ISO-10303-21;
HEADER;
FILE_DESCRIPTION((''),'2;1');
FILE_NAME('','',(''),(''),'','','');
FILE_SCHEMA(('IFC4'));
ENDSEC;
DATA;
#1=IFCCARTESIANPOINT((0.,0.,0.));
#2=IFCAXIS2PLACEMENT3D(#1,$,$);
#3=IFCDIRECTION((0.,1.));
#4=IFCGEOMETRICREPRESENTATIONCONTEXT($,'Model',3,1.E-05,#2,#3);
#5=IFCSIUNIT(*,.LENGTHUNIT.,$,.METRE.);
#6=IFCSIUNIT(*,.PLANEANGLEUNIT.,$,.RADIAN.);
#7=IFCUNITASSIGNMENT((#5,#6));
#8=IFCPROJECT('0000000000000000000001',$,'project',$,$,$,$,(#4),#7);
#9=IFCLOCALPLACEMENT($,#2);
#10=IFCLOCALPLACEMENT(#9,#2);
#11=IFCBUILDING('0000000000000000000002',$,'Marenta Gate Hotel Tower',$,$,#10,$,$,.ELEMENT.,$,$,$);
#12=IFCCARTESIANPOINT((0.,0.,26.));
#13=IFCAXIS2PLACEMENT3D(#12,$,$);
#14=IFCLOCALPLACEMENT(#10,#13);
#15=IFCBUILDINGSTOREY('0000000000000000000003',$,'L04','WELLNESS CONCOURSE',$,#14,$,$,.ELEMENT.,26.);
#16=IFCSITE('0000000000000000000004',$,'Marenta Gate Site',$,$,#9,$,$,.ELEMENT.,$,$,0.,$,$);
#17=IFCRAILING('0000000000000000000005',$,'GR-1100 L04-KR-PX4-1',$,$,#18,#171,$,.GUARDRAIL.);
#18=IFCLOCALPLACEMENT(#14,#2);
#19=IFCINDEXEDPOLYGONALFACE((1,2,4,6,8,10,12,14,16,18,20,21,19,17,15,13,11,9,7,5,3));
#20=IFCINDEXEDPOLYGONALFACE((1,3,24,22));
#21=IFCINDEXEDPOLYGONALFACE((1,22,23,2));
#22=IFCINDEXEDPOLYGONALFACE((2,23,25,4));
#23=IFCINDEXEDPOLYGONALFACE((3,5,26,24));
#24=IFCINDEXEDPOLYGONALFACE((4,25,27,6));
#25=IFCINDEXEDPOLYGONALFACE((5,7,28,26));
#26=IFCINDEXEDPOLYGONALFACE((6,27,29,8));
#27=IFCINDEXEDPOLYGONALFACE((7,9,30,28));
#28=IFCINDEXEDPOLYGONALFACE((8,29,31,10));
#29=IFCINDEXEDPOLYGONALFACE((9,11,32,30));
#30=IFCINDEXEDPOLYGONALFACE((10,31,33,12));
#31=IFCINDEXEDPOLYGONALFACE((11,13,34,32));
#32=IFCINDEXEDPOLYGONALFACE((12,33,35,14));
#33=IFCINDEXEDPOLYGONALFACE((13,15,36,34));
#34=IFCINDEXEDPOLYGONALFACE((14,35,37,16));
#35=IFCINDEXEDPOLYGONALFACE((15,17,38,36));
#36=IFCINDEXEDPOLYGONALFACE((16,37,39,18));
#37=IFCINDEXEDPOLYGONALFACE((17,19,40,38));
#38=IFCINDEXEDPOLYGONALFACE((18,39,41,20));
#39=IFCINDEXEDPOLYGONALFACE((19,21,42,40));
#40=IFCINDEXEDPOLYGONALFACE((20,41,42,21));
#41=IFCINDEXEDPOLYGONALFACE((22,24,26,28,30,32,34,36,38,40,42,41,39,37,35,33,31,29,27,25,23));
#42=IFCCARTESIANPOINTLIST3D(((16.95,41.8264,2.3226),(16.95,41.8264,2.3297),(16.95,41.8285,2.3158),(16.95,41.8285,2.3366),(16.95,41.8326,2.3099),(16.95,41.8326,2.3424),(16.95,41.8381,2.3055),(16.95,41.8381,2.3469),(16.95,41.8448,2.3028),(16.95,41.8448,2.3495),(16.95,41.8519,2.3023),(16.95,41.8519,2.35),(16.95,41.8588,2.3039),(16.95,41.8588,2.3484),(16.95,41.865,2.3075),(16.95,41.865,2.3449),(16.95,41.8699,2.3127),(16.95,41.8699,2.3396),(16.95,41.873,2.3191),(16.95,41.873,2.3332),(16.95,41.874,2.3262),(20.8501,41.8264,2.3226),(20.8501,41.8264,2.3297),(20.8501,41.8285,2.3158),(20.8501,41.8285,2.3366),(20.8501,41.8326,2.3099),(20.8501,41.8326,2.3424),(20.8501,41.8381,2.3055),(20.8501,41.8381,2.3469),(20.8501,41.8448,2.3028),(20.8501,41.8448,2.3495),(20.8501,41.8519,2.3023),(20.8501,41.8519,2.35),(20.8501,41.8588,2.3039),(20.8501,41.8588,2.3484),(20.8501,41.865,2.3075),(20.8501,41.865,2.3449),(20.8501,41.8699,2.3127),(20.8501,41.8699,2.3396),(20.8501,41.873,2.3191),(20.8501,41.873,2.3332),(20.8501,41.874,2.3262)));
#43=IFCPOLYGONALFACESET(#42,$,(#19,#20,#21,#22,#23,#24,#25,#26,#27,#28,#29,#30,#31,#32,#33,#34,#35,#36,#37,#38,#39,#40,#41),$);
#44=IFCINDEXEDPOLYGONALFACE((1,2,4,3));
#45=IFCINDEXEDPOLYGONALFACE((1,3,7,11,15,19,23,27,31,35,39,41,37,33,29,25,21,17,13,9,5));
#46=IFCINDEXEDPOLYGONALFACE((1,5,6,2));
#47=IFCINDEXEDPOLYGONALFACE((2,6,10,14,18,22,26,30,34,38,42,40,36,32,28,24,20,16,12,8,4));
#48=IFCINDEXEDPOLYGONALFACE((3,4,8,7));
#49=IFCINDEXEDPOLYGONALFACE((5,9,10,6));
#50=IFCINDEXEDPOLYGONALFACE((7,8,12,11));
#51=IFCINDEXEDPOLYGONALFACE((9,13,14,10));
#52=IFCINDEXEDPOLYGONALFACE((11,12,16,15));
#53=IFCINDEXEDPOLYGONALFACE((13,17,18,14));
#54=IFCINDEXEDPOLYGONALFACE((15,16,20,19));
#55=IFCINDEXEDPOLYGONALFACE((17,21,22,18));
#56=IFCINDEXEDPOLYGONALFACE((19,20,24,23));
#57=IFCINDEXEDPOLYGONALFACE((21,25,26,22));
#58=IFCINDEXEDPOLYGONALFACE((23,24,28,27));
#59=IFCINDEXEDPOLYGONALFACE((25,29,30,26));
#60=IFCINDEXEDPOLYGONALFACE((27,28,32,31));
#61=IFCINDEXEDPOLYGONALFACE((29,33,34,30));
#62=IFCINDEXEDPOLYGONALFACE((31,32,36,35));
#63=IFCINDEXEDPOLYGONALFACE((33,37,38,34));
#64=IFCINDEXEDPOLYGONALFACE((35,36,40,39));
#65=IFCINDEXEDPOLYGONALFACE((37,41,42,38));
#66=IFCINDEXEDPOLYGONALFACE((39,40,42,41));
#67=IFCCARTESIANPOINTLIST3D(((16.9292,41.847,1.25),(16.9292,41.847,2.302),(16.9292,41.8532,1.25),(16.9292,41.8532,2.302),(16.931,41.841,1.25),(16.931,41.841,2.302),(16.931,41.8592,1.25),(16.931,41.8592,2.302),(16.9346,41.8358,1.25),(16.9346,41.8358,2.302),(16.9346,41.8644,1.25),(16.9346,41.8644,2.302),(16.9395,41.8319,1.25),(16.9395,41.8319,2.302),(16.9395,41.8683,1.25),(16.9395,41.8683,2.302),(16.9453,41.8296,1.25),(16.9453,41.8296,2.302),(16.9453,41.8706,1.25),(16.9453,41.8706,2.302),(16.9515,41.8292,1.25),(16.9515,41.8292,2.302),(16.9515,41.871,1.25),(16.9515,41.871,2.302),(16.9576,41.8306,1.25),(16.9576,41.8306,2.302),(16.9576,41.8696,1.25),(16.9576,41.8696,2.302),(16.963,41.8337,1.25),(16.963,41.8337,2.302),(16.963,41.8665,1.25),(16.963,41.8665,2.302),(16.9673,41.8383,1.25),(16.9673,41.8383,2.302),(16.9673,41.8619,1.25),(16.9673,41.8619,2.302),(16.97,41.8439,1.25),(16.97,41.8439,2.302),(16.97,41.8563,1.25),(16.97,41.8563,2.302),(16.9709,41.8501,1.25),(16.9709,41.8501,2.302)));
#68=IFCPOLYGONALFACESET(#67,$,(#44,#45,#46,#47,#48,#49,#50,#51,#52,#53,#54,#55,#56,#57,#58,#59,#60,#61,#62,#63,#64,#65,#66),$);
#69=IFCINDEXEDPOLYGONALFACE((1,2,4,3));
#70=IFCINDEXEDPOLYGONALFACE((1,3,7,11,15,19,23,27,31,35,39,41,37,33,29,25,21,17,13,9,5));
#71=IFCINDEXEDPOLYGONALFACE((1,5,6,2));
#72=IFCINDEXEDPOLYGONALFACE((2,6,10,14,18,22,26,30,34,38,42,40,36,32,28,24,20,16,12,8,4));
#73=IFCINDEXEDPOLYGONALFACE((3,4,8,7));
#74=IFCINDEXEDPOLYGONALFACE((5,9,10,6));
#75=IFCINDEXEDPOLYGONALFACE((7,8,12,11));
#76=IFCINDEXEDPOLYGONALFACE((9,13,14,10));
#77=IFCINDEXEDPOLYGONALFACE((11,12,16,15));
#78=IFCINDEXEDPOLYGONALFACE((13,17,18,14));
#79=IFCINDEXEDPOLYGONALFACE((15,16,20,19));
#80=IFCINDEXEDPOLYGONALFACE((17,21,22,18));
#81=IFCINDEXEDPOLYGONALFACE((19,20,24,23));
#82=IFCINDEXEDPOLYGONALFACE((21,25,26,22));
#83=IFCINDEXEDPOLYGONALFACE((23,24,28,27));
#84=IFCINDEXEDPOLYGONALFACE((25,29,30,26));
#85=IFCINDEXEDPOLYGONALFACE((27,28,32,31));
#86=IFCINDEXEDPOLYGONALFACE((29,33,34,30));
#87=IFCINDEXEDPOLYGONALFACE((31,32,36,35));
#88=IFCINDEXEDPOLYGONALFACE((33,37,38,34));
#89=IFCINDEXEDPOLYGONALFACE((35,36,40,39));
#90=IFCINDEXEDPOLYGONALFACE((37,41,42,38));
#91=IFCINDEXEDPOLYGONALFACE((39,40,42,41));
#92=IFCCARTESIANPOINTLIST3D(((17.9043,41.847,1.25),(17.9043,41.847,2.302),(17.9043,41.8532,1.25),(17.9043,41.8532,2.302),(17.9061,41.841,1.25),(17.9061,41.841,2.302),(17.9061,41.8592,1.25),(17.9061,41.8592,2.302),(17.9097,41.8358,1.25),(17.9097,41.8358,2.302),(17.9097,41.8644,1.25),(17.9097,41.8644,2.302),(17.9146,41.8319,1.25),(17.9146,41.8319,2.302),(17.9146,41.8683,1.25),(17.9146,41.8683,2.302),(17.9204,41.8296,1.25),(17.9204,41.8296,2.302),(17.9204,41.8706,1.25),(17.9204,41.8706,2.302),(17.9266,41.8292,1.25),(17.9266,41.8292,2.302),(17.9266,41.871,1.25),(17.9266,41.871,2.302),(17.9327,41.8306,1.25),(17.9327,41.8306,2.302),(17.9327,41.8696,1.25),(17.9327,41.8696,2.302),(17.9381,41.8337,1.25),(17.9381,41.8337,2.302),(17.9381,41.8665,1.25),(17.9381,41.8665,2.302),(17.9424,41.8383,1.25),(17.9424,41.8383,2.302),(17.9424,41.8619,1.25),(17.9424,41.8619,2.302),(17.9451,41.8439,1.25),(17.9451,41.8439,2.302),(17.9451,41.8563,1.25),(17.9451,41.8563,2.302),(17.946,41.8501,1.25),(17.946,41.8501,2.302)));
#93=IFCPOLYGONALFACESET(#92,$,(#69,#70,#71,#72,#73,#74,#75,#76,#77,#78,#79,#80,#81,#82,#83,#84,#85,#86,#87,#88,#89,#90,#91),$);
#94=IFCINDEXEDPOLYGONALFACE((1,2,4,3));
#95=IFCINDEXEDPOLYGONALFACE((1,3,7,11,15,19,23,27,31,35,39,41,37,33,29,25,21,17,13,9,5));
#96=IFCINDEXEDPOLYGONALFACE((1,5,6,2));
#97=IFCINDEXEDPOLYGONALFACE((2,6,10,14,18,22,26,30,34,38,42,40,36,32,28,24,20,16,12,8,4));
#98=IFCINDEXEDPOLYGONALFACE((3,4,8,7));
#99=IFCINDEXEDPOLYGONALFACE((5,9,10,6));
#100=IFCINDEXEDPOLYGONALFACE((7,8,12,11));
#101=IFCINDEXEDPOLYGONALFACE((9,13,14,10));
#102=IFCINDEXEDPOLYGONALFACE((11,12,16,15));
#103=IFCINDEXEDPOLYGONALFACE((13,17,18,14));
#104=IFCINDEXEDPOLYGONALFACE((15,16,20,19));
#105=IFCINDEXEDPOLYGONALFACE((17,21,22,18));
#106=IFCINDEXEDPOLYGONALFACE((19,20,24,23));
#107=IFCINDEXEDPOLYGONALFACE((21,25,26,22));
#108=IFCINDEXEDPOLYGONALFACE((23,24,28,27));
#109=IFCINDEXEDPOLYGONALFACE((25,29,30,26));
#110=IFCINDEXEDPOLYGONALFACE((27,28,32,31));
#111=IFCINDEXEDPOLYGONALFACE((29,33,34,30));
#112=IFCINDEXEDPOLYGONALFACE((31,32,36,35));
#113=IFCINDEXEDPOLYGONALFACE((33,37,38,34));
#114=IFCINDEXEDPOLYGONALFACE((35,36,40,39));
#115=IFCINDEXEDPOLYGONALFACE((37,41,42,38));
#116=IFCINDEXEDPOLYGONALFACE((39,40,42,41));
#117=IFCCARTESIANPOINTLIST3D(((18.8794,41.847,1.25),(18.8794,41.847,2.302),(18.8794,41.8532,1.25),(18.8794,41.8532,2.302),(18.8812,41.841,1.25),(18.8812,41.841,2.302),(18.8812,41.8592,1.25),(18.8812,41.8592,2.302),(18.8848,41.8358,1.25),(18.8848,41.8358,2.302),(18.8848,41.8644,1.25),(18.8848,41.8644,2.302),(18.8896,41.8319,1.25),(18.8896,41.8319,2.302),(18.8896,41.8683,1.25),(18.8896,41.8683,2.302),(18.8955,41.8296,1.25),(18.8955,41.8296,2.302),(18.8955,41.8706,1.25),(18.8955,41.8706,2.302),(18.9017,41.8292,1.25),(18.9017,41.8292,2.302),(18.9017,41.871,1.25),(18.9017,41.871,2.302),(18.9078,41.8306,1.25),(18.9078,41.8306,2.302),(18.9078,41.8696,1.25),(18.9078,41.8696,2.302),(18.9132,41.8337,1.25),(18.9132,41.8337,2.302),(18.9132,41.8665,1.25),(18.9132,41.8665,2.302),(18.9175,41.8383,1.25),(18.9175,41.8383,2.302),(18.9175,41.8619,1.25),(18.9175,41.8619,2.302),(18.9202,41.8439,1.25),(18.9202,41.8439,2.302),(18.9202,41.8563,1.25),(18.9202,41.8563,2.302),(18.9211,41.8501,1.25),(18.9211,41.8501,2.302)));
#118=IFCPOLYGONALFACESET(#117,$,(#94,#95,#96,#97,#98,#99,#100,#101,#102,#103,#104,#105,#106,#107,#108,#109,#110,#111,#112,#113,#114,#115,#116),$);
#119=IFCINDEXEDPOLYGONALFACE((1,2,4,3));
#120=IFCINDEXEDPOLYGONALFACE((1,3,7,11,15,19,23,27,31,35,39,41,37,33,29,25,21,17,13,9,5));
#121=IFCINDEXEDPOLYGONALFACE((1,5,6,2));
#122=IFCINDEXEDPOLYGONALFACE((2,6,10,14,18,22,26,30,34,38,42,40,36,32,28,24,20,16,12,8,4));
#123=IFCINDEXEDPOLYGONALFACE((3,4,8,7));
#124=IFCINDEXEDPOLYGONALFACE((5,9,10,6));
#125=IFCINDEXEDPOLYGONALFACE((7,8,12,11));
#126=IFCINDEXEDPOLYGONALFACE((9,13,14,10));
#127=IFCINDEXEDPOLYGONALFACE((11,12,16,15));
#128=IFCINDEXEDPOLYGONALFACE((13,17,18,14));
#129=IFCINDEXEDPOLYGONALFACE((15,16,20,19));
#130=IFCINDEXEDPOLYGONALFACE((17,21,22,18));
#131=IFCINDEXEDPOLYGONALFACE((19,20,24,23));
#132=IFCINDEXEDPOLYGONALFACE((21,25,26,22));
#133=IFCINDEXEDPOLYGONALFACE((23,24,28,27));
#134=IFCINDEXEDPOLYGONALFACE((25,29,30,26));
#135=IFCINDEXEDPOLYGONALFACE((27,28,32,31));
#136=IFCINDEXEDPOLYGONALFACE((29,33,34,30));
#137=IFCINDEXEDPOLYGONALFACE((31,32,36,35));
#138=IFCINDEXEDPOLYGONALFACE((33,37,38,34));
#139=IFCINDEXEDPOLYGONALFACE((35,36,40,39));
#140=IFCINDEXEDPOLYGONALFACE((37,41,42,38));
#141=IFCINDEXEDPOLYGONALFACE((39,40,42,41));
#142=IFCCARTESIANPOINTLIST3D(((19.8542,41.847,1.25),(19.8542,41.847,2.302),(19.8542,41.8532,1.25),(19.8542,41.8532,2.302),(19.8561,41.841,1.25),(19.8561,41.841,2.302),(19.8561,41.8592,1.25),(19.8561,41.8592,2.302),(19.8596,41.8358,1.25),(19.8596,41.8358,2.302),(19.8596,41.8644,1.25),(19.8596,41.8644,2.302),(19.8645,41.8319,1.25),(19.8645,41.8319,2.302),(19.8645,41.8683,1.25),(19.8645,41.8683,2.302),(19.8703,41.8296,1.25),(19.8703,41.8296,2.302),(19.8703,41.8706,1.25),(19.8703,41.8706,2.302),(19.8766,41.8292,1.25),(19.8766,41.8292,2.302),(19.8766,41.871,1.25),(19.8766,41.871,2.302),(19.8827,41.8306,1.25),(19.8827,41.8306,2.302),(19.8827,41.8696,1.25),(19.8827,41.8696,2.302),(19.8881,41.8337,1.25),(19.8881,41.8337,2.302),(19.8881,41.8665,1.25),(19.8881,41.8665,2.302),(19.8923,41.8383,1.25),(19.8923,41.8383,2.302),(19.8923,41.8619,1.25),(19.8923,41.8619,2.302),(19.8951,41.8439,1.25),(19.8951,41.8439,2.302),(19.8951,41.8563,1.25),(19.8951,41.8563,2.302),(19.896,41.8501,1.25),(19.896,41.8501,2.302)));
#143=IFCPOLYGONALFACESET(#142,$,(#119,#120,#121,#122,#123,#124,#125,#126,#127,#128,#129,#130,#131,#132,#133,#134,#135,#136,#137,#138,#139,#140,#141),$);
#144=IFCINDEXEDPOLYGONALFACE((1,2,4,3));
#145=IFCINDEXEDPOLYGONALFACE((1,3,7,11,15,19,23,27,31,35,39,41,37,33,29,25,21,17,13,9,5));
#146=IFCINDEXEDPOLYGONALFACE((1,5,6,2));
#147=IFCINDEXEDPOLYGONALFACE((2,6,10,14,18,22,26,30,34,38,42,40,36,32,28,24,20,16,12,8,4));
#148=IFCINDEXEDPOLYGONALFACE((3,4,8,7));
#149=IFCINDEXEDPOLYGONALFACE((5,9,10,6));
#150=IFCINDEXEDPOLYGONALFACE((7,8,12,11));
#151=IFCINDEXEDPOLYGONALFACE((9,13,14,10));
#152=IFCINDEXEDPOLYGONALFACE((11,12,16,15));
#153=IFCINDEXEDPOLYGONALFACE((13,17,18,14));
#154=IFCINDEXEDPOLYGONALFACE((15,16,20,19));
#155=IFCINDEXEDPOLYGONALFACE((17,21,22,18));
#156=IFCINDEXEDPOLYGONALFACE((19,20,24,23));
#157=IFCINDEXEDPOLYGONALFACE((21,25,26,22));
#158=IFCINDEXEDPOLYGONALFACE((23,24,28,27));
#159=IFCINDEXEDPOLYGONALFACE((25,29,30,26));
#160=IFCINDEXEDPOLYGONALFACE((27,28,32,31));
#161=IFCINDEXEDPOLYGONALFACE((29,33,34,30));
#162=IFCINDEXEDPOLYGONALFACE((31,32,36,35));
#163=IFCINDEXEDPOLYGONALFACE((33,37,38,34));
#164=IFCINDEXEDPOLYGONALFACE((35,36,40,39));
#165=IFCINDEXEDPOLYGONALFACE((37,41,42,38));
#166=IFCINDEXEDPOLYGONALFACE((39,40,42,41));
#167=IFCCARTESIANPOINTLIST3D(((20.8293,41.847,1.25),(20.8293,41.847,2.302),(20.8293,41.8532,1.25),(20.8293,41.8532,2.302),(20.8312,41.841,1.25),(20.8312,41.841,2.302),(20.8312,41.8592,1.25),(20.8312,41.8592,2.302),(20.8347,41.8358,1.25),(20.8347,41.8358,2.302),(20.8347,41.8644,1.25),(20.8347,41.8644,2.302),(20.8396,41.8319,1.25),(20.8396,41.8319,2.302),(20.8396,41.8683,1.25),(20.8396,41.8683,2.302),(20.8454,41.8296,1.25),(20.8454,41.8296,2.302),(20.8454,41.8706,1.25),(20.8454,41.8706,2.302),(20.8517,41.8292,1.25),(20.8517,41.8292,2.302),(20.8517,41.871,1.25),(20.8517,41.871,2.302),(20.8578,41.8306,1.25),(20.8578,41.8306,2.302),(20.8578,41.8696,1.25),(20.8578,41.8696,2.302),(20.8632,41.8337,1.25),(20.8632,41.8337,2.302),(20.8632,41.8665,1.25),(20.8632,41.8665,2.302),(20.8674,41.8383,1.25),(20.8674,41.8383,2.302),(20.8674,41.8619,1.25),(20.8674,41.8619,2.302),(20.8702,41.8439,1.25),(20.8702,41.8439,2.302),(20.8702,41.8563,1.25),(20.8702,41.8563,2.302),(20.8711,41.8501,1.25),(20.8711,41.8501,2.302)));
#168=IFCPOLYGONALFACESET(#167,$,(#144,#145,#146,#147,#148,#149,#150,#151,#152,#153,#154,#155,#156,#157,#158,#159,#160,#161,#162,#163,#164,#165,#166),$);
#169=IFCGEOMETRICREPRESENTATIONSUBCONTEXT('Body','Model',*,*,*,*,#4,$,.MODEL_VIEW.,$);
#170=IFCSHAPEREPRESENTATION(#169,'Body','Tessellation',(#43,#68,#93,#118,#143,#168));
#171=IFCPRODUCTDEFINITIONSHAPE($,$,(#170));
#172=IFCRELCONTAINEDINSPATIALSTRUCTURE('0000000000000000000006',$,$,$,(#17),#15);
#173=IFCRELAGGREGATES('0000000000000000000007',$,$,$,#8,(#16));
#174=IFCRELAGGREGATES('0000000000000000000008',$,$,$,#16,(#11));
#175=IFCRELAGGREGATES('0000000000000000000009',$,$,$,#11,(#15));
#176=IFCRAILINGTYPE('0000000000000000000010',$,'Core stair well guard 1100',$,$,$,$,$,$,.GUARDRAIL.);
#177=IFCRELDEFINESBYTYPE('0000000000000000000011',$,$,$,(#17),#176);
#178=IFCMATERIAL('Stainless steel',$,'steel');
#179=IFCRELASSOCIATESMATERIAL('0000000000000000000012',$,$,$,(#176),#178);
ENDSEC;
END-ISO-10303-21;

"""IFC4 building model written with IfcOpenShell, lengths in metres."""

from ifc_helpers import new_model, si_unit, direction, frame, origin, origin_2d, place, context, subcontext, project, spatial, circle, extrude, material, type_object, element, save


model = new_model("IFC4")

# Units and contexts
model_context = context("Model", 3, precision=1e-05, world=origin(), true_north=direction((0.0, 1.0)))
body_context = subcontext(model_context, "Body", "Model", "MODEL_VIEW")
ifc_project = project(units=[si_unit("LENGTHUNIT", "METRE"), si_unit("PLANEANGLEUNIT", "RADIAN")], contexts=[model_context])

# Site, building, storey
site_placement = place(None, origin())
site = spatial("IfcSite", under=ifc_project, at=site_placement, Name="Marenta Gate Site", CompositionType="ELEMENT", RefElevation=0.0)
building_placement = place(site_placement, origin())
building = spatial("IfcBuilding", under=site, at=building_placement, Name="Marenta Gate Hotel Tower", CompositionType="ELEMENT")
storey_placement = place(building_placement, frame((0.0, 0.0, 26.0)))
storey = spatial("IfcBuildingStorey", under=building, at=storey_placement, Name="L04", Description="WELLNESS CONCOURSE", CompositionType="ELEMENT", Elevation=26.0)

# Railing
ifc_material_1 = material(Name="Stainless steel", Category="steel")
railing_type_1 = type_object("IfcRailingType", Name="Core stair well guard 1100", PredefinedType="GUARDRAIL", material=ifc_material_1)
railing_1_placement = place(storey_placement, frame((16.95, 41.8501, 1.25)))
element("IfcRailing", 1, at=railing_1_placement, inside=storey, type_object=railing_type_1, Name="GR-1100 L04-KR-PX4-1", PredefinedType="GUARDRAIL", context=body_context, shape_type="SweptSolid", body=[
    extrude(circle(Radius=0.0239, at=origin_2d()), frame((0.0, 0.0, 1.0762), z_axis=(1.0, 0.0, 0.0), x_axis=(0.0, 1.0, 0.0)), (0.0, 0.0, 1.0), 3.9001),
    extrude(circle(Radius=0.021, at=origin_2d()), origin(), (0.0, 0.0, 1.0), 1.052),
    extrude(circle(Radius=0.021, at=origin_2d()), frame((0.9751, 0.0, 0.0)), (0.0, 0.0, 1.0), 1.052),
    extrude(circle(Radius=0.021, at=origin_2d()), frame((1.9502, 0.0, 0.0)), (0.0, 0.0, 1.0), 1.052),
    extrude(circle(Radius=0.021, at=origin_2d()), frame((2.925, 0.0, 0.0)), (0.0, 0.0, 1.0), 1.052),
    extrude(circle(Radius=0.021, at=origin_2d()), frame((3.9001, 0.0, 0.0)), (0.0, 0.0, 1.0), 1.052),
])

save(model, "model.ifc")
